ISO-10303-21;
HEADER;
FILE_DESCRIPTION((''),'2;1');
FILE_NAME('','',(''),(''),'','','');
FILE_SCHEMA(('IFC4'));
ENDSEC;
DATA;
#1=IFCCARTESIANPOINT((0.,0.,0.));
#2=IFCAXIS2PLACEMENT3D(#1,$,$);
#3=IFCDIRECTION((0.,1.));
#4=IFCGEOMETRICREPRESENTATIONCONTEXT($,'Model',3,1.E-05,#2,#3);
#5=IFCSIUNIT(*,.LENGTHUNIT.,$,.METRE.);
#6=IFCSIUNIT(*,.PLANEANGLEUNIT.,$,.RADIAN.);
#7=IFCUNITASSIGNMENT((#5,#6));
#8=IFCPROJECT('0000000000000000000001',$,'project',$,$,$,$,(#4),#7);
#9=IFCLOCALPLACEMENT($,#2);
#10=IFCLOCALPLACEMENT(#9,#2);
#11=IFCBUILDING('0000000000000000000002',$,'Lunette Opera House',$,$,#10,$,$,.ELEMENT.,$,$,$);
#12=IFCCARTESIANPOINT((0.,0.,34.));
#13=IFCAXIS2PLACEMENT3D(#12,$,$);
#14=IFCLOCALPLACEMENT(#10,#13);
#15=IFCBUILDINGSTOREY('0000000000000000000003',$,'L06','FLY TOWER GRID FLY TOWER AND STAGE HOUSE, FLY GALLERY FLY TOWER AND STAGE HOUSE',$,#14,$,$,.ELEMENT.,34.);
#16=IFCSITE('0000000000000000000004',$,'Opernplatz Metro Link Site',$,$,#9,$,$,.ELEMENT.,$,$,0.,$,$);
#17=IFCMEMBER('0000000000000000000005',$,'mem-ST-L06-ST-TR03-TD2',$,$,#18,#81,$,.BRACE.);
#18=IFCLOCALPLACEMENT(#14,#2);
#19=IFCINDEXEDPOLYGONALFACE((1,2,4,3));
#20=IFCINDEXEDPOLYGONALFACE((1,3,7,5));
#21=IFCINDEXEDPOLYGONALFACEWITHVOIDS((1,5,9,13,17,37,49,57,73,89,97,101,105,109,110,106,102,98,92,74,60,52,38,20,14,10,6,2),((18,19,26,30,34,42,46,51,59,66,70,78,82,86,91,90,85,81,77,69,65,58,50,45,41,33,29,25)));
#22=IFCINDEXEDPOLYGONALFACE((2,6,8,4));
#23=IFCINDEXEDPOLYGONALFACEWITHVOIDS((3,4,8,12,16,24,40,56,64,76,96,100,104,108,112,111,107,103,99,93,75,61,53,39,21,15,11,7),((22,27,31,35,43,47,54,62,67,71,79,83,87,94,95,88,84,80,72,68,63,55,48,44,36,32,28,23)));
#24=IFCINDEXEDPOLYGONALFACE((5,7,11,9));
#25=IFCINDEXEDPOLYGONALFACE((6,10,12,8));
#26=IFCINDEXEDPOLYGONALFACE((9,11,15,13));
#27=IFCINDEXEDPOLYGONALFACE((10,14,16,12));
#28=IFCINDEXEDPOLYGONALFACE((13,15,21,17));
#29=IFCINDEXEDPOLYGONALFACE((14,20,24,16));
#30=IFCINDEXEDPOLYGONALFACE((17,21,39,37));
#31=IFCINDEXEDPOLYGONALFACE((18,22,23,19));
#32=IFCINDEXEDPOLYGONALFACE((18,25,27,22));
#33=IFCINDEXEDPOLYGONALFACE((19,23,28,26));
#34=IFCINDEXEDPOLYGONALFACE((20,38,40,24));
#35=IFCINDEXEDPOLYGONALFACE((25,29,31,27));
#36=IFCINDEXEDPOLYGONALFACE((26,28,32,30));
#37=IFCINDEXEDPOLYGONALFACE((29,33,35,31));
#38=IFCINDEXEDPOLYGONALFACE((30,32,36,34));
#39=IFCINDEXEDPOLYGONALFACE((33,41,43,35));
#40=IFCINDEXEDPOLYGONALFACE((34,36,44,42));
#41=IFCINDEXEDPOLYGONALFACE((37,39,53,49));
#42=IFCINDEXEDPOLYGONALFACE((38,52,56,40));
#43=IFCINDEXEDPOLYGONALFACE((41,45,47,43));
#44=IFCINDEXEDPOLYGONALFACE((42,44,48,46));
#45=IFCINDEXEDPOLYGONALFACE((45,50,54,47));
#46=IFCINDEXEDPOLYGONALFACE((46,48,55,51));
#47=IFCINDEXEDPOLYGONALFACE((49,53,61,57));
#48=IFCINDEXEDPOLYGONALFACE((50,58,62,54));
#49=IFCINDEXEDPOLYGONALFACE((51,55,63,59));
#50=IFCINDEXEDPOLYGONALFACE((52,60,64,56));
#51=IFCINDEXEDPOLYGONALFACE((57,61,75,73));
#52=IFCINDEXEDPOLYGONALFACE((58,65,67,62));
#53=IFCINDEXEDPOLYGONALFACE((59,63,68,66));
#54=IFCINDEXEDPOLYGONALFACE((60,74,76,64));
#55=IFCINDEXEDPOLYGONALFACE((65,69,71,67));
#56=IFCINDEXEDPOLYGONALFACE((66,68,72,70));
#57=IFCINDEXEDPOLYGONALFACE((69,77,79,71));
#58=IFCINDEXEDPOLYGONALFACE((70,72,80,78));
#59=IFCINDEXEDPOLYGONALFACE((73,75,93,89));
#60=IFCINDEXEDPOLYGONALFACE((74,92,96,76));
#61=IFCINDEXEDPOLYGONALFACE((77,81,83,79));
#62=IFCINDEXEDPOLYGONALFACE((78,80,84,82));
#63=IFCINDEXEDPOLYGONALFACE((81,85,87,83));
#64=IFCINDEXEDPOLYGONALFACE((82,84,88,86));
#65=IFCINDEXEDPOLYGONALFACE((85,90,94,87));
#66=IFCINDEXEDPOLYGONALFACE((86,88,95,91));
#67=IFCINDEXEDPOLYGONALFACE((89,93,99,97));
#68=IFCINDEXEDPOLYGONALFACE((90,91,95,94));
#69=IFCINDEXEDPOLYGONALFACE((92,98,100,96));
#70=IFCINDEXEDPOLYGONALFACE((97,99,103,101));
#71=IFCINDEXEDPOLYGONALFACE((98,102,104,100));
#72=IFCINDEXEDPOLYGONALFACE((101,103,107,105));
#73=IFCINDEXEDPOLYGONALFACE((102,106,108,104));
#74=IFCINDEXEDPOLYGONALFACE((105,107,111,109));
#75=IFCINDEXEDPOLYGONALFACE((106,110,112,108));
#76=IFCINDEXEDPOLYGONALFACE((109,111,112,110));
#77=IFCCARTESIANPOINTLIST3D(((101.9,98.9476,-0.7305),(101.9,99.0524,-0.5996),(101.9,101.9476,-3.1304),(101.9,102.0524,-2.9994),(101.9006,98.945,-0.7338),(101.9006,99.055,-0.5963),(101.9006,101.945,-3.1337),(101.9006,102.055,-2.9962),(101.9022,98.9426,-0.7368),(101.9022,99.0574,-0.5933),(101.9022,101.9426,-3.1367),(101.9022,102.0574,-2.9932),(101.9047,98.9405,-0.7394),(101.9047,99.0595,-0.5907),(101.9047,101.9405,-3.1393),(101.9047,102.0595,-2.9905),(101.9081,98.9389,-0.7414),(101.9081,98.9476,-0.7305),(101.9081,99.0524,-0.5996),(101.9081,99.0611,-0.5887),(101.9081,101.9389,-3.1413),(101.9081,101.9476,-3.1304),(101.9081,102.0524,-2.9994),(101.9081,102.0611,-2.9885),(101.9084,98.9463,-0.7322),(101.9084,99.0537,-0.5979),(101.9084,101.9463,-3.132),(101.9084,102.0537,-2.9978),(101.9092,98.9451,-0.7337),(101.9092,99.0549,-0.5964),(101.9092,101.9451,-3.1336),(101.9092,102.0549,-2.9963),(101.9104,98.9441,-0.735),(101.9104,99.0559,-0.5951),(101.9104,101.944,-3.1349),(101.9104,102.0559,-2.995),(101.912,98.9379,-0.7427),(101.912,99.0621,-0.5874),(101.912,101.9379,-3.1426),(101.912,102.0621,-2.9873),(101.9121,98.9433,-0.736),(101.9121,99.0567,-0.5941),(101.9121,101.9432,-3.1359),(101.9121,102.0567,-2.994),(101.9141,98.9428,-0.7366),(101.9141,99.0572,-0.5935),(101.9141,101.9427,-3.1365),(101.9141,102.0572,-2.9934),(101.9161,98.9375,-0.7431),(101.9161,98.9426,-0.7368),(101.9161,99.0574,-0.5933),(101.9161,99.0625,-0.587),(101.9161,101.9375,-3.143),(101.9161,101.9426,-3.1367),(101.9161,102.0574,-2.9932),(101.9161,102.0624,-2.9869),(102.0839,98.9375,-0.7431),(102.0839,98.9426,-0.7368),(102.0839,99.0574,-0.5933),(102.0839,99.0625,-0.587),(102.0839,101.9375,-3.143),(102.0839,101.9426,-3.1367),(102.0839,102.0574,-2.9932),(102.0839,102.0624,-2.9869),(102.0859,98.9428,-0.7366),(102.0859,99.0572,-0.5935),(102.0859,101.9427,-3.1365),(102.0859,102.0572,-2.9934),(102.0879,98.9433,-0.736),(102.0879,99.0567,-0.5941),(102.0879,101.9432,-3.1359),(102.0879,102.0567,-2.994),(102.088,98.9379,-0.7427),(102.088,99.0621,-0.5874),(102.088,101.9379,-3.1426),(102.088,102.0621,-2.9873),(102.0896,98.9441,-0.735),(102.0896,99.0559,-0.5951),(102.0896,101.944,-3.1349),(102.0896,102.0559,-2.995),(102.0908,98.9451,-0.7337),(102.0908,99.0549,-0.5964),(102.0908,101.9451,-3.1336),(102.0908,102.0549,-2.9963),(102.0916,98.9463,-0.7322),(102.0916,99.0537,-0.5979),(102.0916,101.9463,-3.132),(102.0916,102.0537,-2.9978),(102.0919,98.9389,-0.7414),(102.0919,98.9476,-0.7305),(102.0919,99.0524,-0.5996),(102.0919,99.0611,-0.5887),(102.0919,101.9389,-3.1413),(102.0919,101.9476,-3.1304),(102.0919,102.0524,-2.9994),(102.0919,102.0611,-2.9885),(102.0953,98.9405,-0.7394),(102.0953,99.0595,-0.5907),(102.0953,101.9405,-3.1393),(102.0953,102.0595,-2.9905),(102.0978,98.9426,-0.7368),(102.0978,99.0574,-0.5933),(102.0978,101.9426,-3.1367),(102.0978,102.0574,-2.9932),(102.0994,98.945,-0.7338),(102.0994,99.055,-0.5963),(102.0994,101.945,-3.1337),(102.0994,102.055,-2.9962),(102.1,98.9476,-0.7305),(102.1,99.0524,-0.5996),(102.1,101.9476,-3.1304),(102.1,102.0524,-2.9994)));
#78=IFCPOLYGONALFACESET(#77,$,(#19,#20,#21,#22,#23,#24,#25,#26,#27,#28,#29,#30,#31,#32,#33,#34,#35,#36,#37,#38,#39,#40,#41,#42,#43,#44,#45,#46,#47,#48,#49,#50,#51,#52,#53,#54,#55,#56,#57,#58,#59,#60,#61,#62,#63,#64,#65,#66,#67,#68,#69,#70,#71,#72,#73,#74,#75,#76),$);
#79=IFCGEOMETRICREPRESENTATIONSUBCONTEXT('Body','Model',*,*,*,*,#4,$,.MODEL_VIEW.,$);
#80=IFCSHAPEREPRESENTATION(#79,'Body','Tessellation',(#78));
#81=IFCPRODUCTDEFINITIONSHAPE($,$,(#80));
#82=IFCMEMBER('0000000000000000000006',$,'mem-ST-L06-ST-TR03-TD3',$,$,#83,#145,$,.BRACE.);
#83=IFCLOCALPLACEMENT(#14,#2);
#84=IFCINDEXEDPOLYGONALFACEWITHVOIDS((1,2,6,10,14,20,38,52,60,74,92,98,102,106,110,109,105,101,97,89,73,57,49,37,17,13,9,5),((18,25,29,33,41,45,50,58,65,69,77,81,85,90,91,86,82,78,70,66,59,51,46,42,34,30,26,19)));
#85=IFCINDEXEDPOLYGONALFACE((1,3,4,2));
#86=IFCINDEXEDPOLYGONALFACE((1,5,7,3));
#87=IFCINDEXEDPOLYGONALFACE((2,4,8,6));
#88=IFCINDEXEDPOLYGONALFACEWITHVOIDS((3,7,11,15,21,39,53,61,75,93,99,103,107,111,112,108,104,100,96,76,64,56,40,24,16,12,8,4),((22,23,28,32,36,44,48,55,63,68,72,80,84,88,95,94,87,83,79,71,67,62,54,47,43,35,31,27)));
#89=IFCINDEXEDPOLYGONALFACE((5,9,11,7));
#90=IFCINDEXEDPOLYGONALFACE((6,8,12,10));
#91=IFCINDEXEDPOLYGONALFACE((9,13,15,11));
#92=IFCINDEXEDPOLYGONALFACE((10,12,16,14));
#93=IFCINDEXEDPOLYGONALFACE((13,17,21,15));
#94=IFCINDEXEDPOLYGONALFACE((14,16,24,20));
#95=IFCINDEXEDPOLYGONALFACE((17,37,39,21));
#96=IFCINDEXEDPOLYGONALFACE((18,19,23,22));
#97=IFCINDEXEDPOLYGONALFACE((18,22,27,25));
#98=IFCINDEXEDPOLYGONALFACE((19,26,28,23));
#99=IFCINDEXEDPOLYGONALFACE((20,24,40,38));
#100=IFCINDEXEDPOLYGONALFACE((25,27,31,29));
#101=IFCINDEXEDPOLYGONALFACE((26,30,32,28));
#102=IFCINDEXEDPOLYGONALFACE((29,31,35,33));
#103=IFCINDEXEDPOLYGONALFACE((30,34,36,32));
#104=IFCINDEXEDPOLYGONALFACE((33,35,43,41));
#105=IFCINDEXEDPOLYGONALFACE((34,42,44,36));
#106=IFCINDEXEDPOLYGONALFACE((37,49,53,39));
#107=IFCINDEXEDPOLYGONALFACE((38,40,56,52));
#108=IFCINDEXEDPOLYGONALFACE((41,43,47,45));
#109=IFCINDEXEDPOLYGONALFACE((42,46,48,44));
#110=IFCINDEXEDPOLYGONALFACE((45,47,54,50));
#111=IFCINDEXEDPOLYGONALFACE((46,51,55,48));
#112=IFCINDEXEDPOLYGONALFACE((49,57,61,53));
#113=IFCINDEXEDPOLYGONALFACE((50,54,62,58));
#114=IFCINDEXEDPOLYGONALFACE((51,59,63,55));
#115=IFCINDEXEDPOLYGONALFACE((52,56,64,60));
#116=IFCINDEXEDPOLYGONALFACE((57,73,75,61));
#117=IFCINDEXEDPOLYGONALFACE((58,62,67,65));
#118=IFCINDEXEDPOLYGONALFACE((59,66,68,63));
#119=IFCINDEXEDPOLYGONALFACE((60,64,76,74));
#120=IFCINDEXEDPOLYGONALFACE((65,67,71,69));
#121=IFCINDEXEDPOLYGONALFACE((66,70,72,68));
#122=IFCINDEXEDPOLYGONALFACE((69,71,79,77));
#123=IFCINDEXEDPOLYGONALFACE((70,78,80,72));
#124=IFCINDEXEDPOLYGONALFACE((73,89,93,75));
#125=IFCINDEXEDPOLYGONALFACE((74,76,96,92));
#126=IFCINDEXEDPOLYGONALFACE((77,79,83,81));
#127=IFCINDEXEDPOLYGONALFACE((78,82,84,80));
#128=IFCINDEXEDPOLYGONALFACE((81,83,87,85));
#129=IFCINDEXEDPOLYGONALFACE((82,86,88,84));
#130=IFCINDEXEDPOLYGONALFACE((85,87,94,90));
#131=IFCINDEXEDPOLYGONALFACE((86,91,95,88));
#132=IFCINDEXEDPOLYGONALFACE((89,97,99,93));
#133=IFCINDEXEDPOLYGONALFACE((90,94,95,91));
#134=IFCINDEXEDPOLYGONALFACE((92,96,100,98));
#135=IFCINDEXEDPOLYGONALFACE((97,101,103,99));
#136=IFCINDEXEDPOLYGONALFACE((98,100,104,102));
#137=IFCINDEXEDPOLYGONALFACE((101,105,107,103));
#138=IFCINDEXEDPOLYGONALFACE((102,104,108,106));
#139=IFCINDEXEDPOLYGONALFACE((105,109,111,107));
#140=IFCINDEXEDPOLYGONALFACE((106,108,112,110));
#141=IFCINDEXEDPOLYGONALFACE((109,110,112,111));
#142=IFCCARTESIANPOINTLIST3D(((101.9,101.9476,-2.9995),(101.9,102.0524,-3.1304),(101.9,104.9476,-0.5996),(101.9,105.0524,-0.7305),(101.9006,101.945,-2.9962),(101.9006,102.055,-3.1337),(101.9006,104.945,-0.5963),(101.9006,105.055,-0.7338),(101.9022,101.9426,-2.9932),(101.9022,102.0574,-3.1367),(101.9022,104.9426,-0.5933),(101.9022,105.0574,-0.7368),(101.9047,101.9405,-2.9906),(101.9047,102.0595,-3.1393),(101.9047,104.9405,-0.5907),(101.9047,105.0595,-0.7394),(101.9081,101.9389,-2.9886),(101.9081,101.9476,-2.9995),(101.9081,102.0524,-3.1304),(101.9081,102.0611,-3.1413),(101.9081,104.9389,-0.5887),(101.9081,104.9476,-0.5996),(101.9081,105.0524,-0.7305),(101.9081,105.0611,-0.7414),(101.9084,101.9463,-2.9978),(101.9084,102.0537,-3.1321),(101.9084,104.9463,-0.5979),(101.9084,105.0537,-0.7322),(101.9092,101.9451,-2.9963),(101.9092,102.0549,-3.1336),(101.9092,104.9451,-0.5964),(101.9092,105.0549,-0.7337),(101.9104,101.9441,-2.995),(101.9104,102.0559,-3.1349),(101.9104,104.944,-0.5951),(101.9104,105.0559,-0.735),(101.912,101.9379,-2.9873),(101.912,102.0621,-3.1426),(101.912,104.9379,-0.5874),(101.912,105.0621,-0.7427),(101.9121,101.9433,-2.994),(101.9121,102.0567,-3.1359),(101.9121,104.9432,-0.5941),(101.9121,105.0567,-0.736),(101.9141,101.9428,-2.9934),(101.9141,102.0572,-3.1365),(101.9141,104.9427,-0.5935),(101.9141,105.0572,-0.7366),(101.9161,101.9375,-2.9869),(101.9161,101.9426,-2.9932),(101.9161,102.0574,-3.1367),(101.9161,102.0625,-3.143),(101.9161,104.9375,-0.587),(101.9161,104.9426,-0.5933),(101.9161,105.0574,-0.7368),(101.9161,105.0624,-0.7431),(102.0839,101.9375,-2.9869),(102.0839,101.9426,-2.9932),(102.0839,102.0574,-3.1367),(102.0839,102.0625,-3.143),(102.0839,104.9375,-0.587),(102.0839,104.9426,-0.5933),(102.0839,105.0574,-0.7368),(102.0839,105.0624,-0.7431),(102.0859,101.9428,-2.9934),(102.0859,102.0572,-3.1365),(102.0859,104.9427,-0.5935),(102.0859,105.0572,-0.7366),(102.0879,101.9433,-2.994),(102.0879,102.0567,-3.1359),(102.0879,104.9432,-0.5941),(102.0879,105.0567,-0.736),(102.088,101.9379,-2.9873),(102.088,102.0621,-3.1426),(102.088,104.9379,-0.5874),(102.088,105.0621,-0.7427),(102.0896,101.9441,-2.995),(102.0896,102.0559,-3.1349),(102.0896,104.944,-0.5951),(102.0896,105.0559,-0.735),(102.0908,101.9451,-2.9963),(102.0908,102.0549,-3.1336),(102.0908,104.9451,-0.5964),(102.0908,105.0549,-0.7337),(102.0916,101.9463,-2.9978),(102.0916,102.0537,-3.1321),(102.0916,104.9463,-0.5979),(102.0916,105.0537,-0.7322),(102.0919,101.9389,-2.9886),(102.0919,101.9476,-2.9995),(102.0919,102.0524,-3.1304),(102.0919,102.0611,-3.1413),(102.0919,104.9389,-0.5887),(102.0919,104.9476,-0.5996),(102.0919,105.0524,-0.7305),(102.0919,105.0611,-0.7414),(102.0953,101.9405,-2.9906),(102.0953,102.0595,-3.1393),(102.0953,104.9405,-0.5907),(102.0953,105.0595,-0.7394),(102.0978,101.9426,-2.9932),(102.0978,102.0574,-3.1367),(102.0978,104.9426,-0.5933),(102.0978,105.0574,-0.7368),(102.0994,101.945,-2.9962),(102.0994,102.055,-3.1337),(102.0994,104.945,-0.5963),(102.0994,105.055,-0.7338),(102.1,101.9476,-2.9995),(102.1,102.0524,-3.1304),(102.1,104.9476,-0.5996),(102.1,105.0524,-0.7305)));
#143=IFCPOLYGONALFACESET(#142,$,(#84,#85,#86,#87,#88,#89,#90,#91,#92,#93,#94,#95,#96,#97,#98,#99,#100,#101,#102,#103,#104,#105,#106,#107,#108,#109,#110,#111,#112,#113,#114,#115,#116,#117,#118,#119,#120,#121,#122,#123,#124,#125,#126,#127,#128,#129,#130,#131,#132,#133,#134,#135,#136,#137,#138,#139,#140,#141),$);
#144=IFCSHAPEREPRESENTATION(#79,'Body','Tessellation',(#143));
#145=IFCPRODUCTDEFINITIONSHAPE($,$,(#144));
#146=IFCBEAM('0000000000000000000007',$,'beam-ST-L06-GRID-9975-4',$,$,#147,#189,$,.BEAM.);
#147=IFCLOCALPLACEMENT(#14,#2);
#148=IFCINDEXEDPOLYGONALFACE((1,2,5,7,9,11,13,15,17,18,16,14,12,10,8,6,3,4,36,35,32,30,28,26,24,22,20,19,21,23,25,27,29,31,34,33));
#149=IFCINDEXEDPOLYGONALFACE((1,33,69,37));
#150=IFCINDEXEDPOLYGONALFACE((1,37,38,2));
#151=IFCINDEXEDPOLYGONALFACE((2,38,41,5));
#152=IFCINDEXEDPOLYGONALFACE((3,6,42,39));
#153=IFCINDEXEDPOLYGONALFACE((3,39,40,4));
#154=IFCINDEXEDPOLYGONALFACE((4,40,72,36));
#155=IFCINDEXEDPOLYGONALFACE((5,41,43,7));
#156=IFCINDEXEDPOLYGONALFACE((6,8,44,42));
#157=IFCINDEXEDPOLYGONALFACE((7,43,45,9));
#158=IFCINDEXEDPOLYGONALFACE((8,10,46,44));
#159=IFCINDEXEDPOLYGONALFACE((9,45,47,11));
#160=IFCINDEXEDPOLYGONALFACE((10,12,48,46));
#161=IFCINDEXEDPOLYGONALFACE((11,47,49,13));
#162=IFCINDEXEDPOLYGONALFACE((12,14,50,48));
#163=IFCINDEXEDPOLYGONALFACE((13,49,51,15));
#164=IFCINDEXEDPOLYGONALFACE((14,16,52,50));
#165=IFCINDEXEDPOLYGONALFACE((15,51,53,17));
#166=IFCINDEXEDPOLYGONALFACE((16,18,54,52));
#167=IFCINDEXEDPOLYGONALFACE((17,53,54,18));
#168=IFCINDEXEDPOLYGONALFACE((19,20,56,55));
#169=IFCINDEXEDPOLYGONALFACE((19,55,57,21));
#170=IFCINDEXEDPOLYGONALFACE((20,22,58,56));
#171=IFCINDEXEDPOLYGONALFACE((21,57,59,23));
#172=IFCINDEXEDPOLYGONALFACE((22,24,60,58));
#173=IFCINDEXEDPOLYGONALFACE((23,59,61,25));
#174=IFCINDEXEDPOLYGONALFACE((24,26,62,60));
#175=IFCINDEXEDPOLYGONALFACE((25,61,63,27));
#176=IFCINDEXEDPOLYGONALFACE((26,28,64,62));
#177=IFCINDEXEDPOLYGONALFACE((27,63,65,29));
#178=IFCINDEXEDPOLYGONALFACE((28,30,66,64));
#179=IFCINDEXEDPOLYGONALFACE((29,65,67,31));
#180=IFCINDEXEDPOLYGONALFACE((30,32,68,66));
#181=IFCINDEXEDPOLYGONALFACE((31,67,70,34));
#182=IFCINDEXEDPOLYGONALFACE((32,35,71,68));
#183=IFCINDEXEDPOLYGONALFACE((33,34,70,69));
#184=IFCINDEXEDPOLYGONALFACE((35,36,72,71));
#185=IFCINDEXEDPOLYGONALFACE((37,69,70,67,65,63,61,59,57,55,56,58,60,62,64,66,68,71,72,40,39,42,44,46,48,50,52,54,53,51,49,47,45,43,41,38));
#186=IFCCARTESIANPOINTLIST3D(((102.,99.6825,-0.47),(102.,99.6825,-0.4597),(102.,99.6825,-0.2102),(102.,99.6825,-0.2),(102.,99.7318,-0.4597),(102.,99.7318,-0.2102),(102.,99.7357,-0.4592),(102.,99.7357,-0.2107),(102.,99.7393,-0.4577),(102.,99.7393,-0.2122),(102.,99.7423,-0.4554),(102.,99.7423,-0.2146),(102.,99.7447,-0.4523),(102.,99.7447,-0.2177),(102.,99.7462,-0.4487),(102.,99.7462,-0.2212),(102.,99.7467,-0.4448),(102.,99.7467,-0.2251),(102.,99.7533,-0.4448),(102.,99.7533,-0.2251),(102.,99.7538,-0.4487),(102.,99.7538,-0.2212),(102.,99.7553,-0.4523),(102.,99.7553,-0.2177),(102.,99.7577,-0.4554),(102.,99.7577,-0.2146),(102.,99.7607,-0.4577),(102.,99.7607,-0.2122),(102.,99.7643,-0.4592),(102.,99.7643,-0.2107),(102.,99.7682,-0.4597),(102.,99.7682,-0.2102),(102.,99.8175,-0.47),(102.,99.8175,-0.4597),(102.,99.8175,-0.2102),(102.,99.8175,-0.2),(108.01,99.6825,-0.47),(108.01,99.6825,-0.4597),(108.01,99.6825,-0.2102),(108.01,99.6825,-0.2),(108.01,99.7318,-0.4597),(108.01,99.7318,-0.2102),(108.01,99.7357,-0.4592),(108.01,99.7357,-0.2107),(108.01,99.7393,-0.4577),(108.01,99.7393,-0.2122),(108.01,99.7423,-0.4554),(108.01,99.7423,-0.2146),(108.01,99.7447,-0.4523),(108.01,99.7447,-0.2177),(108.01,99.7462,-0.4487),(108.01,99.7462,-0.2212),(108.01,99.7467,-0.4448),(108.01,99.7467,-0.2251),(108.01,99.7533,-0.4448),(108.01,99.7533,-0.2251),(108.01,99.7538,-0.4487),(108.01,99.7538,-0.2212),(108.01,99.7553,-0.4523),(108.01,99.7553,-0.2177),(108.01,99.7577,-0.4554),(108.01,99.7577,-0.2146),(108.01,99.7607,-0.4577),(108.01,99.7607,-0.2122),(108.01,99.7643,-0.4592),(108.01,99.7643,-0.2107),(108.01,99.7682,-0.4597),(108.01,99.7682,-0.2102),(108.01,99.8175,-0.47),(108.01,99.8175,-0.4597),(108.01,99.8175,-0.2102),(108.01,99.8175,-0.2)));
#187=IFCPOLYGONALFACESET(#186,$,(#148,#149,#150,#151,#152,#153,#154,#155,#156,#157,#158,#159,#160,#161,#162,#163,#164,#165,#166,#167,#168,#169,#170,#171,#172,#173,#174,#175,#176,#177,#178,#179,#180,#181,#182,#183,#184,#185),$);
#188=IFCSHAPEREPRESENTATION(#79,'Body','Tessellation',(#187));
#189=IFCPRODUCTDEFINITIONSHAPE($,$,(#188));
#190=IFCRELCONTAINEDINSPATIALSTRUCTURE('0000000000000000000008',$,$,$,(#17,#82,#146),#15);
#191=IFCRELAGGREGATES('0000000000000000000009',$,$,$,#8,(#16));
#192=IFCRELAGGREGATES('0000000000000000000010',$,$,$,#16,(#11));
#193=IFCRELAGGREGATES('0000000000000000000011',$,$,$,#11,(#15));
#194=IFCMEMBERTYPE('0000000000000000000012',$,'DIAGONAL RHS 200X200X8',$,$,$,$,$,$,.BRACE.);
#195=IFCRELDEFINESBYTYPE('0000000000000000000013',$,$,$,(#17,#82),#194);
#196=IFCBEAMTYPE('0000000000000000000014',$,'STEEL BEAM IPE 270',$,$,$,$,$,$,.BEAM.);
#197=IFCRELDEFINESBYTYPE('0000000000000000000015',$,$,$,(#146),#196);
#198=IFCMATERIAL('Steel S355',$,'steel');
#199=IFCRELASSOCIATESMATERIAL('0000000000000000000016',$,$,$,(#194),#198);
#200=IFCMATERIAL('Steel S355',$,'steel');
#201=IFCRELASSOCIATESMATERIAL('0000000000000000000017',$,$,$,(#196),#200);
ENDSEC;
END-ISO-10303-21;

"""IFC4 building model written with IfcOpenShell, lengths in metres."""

from ifc_helpers import new_model, si_unit, direction, frame, origin, origin_2d, place, context, subcontext, project, spatial, hollow_rectangle, i_section, extrude, material, material_profile, profile_set, type_object, element, save


model = new_model("IFC4")

# Units and contexts
model_context = context("Model", 3, precision=1e-05, world=origin(), true_north=direction((0.0, 1.0)))
body_context = subcontext(model_context, "Body", "Model", "MODEL_VIEW")
ifc_project = project(units=[si_unit("LENGTHUNIT", "METRE"), si_unit("PLANEANGLEUNIT", "RADIAN")], contexts=[model_context])

# Site, building, storey
site_placement = place(None, origin())
site = spatial("IfcSite", under=ifc_project, at=site_placement, Name="Opernplatz Metro Link Site", CompositionType="ELEMENT", RefElevation=0.0)
building_placement = place(site_placement, origin())
building = spatial("IfcBuilding", under=site, at=building_placement, Name="Lunette Opera House", CompositionType="ELEMENT")
storey_placement = place(building_placement, frame((0.0, 0.0, 34.0)))
storey = spatial("IfcBuildingStorey", under=building, at=storey_placement, Name="L06", Description="FLY TOWER GRID FLY TOWER AND STAGE HOUSE, FLY GALLERY FLY TOWER AND STAGE HOUSE", CompositionType="ELEMENT", Elevation=34.0)

# Members
ifc_material_1 = material(Name="Steel S355", Category="steel")
ifc_material_profile_1 = material_profile(ifc_material_1, hollow_rectangle(XDim=0.2, YDim=0.2, WallThickness=0.0081, InnerFilletRadius=0.0081, OuterFilletRadius=0.0161, at=origin_2d()), Name="RHS 200X200X8")
ifc_profile_set_1 = profile_set([ifc_material_profile_1], Name="Steel S355")
member_type_1 = type_object("IfcMemberType", Name="DIAGONAL RHS 200X200X8", PredefinedType="BRACE", material=ifc_profile_set_1)
for number, where, z_axis, x_axis, name in (
    (1, (102.0, 99.0, -0.665), (0.0, 0.780881, -0.62468), (-1.0, 0.0, 0.0), "mem-ST-L06-ST-TR03-TD2"),
    (2, (102.0, 102.0, -3.0649), (0.0, 0.780881, 0.62468), (-1.0, 0.0, 0.0), "mem-ST-L06-ST-TR03-TD3"),
):
    element("IfcMember", number, at=place(storey_placement, frame(where, z_axis=z_axis, x_axis=x_axis)), inside=storey, type_object=member_type_1, Name=name, PredefinedType="BRACE", context=body_context, shape_type="SweptSolid", body=[
        extrude(hollow_rectangle(XDim=0.2, YDim=0.2, WallThickness=0.0081, InnerFilletRadius=0.0081, OuterFilletRadius=0.0161, at=origin_2d()), origin(), (0.0, 0.0, 1.0), 3.8418),
    ])

# Beam
ifc_material_2 = material(Name="Steel S355", Category="steel")
ifc_material_profile_2 = material_profile(ifc_material_2, i_section(OverallWidth=0.135, OverallDepth=0.27, WebThickness=0.0066, FlangeThickness=0.0103, FilletRadius=0.0149, at=origin_2d()), Name="IPE 270")
ifc_profile_set_2 = profile_set([ifc_material_profile_2], Name="Steel S355")
beam_type = type_object("IfcBeamType", Name="STEEL BEAM IPE 270", PredefinedType="BEAM", material=ifc_profile_set_2)
for number, where, z_axis, x_axis, name in (
    (3, (102.0, 99.75, -0.335), (1.0, 0.0, 0.0), (0.0, 1.0, 0.0), "beam-ST-L06-GRID-9975-4"),
):
    element("IfcBeam", number, at=place(storey_placement, frame(where, z_axis=z_axis, x_axis=x_axis)), inside=storey, type_object=beam_type, Name=name, PredefinedType="BEAM", context=body_context, shape_type="SweptSolid", body=[
        extrude(i_section(OverallWidth=0.135, OverallDepth=0.27, WebThickness=0.0066, FlangeThickness=0.0103, FilletRadius=0.0149, at=origin_2d()), origin(), (0.0, 0.0, 1.0), 6.01),
    ])

save(model, "model.ifc")
